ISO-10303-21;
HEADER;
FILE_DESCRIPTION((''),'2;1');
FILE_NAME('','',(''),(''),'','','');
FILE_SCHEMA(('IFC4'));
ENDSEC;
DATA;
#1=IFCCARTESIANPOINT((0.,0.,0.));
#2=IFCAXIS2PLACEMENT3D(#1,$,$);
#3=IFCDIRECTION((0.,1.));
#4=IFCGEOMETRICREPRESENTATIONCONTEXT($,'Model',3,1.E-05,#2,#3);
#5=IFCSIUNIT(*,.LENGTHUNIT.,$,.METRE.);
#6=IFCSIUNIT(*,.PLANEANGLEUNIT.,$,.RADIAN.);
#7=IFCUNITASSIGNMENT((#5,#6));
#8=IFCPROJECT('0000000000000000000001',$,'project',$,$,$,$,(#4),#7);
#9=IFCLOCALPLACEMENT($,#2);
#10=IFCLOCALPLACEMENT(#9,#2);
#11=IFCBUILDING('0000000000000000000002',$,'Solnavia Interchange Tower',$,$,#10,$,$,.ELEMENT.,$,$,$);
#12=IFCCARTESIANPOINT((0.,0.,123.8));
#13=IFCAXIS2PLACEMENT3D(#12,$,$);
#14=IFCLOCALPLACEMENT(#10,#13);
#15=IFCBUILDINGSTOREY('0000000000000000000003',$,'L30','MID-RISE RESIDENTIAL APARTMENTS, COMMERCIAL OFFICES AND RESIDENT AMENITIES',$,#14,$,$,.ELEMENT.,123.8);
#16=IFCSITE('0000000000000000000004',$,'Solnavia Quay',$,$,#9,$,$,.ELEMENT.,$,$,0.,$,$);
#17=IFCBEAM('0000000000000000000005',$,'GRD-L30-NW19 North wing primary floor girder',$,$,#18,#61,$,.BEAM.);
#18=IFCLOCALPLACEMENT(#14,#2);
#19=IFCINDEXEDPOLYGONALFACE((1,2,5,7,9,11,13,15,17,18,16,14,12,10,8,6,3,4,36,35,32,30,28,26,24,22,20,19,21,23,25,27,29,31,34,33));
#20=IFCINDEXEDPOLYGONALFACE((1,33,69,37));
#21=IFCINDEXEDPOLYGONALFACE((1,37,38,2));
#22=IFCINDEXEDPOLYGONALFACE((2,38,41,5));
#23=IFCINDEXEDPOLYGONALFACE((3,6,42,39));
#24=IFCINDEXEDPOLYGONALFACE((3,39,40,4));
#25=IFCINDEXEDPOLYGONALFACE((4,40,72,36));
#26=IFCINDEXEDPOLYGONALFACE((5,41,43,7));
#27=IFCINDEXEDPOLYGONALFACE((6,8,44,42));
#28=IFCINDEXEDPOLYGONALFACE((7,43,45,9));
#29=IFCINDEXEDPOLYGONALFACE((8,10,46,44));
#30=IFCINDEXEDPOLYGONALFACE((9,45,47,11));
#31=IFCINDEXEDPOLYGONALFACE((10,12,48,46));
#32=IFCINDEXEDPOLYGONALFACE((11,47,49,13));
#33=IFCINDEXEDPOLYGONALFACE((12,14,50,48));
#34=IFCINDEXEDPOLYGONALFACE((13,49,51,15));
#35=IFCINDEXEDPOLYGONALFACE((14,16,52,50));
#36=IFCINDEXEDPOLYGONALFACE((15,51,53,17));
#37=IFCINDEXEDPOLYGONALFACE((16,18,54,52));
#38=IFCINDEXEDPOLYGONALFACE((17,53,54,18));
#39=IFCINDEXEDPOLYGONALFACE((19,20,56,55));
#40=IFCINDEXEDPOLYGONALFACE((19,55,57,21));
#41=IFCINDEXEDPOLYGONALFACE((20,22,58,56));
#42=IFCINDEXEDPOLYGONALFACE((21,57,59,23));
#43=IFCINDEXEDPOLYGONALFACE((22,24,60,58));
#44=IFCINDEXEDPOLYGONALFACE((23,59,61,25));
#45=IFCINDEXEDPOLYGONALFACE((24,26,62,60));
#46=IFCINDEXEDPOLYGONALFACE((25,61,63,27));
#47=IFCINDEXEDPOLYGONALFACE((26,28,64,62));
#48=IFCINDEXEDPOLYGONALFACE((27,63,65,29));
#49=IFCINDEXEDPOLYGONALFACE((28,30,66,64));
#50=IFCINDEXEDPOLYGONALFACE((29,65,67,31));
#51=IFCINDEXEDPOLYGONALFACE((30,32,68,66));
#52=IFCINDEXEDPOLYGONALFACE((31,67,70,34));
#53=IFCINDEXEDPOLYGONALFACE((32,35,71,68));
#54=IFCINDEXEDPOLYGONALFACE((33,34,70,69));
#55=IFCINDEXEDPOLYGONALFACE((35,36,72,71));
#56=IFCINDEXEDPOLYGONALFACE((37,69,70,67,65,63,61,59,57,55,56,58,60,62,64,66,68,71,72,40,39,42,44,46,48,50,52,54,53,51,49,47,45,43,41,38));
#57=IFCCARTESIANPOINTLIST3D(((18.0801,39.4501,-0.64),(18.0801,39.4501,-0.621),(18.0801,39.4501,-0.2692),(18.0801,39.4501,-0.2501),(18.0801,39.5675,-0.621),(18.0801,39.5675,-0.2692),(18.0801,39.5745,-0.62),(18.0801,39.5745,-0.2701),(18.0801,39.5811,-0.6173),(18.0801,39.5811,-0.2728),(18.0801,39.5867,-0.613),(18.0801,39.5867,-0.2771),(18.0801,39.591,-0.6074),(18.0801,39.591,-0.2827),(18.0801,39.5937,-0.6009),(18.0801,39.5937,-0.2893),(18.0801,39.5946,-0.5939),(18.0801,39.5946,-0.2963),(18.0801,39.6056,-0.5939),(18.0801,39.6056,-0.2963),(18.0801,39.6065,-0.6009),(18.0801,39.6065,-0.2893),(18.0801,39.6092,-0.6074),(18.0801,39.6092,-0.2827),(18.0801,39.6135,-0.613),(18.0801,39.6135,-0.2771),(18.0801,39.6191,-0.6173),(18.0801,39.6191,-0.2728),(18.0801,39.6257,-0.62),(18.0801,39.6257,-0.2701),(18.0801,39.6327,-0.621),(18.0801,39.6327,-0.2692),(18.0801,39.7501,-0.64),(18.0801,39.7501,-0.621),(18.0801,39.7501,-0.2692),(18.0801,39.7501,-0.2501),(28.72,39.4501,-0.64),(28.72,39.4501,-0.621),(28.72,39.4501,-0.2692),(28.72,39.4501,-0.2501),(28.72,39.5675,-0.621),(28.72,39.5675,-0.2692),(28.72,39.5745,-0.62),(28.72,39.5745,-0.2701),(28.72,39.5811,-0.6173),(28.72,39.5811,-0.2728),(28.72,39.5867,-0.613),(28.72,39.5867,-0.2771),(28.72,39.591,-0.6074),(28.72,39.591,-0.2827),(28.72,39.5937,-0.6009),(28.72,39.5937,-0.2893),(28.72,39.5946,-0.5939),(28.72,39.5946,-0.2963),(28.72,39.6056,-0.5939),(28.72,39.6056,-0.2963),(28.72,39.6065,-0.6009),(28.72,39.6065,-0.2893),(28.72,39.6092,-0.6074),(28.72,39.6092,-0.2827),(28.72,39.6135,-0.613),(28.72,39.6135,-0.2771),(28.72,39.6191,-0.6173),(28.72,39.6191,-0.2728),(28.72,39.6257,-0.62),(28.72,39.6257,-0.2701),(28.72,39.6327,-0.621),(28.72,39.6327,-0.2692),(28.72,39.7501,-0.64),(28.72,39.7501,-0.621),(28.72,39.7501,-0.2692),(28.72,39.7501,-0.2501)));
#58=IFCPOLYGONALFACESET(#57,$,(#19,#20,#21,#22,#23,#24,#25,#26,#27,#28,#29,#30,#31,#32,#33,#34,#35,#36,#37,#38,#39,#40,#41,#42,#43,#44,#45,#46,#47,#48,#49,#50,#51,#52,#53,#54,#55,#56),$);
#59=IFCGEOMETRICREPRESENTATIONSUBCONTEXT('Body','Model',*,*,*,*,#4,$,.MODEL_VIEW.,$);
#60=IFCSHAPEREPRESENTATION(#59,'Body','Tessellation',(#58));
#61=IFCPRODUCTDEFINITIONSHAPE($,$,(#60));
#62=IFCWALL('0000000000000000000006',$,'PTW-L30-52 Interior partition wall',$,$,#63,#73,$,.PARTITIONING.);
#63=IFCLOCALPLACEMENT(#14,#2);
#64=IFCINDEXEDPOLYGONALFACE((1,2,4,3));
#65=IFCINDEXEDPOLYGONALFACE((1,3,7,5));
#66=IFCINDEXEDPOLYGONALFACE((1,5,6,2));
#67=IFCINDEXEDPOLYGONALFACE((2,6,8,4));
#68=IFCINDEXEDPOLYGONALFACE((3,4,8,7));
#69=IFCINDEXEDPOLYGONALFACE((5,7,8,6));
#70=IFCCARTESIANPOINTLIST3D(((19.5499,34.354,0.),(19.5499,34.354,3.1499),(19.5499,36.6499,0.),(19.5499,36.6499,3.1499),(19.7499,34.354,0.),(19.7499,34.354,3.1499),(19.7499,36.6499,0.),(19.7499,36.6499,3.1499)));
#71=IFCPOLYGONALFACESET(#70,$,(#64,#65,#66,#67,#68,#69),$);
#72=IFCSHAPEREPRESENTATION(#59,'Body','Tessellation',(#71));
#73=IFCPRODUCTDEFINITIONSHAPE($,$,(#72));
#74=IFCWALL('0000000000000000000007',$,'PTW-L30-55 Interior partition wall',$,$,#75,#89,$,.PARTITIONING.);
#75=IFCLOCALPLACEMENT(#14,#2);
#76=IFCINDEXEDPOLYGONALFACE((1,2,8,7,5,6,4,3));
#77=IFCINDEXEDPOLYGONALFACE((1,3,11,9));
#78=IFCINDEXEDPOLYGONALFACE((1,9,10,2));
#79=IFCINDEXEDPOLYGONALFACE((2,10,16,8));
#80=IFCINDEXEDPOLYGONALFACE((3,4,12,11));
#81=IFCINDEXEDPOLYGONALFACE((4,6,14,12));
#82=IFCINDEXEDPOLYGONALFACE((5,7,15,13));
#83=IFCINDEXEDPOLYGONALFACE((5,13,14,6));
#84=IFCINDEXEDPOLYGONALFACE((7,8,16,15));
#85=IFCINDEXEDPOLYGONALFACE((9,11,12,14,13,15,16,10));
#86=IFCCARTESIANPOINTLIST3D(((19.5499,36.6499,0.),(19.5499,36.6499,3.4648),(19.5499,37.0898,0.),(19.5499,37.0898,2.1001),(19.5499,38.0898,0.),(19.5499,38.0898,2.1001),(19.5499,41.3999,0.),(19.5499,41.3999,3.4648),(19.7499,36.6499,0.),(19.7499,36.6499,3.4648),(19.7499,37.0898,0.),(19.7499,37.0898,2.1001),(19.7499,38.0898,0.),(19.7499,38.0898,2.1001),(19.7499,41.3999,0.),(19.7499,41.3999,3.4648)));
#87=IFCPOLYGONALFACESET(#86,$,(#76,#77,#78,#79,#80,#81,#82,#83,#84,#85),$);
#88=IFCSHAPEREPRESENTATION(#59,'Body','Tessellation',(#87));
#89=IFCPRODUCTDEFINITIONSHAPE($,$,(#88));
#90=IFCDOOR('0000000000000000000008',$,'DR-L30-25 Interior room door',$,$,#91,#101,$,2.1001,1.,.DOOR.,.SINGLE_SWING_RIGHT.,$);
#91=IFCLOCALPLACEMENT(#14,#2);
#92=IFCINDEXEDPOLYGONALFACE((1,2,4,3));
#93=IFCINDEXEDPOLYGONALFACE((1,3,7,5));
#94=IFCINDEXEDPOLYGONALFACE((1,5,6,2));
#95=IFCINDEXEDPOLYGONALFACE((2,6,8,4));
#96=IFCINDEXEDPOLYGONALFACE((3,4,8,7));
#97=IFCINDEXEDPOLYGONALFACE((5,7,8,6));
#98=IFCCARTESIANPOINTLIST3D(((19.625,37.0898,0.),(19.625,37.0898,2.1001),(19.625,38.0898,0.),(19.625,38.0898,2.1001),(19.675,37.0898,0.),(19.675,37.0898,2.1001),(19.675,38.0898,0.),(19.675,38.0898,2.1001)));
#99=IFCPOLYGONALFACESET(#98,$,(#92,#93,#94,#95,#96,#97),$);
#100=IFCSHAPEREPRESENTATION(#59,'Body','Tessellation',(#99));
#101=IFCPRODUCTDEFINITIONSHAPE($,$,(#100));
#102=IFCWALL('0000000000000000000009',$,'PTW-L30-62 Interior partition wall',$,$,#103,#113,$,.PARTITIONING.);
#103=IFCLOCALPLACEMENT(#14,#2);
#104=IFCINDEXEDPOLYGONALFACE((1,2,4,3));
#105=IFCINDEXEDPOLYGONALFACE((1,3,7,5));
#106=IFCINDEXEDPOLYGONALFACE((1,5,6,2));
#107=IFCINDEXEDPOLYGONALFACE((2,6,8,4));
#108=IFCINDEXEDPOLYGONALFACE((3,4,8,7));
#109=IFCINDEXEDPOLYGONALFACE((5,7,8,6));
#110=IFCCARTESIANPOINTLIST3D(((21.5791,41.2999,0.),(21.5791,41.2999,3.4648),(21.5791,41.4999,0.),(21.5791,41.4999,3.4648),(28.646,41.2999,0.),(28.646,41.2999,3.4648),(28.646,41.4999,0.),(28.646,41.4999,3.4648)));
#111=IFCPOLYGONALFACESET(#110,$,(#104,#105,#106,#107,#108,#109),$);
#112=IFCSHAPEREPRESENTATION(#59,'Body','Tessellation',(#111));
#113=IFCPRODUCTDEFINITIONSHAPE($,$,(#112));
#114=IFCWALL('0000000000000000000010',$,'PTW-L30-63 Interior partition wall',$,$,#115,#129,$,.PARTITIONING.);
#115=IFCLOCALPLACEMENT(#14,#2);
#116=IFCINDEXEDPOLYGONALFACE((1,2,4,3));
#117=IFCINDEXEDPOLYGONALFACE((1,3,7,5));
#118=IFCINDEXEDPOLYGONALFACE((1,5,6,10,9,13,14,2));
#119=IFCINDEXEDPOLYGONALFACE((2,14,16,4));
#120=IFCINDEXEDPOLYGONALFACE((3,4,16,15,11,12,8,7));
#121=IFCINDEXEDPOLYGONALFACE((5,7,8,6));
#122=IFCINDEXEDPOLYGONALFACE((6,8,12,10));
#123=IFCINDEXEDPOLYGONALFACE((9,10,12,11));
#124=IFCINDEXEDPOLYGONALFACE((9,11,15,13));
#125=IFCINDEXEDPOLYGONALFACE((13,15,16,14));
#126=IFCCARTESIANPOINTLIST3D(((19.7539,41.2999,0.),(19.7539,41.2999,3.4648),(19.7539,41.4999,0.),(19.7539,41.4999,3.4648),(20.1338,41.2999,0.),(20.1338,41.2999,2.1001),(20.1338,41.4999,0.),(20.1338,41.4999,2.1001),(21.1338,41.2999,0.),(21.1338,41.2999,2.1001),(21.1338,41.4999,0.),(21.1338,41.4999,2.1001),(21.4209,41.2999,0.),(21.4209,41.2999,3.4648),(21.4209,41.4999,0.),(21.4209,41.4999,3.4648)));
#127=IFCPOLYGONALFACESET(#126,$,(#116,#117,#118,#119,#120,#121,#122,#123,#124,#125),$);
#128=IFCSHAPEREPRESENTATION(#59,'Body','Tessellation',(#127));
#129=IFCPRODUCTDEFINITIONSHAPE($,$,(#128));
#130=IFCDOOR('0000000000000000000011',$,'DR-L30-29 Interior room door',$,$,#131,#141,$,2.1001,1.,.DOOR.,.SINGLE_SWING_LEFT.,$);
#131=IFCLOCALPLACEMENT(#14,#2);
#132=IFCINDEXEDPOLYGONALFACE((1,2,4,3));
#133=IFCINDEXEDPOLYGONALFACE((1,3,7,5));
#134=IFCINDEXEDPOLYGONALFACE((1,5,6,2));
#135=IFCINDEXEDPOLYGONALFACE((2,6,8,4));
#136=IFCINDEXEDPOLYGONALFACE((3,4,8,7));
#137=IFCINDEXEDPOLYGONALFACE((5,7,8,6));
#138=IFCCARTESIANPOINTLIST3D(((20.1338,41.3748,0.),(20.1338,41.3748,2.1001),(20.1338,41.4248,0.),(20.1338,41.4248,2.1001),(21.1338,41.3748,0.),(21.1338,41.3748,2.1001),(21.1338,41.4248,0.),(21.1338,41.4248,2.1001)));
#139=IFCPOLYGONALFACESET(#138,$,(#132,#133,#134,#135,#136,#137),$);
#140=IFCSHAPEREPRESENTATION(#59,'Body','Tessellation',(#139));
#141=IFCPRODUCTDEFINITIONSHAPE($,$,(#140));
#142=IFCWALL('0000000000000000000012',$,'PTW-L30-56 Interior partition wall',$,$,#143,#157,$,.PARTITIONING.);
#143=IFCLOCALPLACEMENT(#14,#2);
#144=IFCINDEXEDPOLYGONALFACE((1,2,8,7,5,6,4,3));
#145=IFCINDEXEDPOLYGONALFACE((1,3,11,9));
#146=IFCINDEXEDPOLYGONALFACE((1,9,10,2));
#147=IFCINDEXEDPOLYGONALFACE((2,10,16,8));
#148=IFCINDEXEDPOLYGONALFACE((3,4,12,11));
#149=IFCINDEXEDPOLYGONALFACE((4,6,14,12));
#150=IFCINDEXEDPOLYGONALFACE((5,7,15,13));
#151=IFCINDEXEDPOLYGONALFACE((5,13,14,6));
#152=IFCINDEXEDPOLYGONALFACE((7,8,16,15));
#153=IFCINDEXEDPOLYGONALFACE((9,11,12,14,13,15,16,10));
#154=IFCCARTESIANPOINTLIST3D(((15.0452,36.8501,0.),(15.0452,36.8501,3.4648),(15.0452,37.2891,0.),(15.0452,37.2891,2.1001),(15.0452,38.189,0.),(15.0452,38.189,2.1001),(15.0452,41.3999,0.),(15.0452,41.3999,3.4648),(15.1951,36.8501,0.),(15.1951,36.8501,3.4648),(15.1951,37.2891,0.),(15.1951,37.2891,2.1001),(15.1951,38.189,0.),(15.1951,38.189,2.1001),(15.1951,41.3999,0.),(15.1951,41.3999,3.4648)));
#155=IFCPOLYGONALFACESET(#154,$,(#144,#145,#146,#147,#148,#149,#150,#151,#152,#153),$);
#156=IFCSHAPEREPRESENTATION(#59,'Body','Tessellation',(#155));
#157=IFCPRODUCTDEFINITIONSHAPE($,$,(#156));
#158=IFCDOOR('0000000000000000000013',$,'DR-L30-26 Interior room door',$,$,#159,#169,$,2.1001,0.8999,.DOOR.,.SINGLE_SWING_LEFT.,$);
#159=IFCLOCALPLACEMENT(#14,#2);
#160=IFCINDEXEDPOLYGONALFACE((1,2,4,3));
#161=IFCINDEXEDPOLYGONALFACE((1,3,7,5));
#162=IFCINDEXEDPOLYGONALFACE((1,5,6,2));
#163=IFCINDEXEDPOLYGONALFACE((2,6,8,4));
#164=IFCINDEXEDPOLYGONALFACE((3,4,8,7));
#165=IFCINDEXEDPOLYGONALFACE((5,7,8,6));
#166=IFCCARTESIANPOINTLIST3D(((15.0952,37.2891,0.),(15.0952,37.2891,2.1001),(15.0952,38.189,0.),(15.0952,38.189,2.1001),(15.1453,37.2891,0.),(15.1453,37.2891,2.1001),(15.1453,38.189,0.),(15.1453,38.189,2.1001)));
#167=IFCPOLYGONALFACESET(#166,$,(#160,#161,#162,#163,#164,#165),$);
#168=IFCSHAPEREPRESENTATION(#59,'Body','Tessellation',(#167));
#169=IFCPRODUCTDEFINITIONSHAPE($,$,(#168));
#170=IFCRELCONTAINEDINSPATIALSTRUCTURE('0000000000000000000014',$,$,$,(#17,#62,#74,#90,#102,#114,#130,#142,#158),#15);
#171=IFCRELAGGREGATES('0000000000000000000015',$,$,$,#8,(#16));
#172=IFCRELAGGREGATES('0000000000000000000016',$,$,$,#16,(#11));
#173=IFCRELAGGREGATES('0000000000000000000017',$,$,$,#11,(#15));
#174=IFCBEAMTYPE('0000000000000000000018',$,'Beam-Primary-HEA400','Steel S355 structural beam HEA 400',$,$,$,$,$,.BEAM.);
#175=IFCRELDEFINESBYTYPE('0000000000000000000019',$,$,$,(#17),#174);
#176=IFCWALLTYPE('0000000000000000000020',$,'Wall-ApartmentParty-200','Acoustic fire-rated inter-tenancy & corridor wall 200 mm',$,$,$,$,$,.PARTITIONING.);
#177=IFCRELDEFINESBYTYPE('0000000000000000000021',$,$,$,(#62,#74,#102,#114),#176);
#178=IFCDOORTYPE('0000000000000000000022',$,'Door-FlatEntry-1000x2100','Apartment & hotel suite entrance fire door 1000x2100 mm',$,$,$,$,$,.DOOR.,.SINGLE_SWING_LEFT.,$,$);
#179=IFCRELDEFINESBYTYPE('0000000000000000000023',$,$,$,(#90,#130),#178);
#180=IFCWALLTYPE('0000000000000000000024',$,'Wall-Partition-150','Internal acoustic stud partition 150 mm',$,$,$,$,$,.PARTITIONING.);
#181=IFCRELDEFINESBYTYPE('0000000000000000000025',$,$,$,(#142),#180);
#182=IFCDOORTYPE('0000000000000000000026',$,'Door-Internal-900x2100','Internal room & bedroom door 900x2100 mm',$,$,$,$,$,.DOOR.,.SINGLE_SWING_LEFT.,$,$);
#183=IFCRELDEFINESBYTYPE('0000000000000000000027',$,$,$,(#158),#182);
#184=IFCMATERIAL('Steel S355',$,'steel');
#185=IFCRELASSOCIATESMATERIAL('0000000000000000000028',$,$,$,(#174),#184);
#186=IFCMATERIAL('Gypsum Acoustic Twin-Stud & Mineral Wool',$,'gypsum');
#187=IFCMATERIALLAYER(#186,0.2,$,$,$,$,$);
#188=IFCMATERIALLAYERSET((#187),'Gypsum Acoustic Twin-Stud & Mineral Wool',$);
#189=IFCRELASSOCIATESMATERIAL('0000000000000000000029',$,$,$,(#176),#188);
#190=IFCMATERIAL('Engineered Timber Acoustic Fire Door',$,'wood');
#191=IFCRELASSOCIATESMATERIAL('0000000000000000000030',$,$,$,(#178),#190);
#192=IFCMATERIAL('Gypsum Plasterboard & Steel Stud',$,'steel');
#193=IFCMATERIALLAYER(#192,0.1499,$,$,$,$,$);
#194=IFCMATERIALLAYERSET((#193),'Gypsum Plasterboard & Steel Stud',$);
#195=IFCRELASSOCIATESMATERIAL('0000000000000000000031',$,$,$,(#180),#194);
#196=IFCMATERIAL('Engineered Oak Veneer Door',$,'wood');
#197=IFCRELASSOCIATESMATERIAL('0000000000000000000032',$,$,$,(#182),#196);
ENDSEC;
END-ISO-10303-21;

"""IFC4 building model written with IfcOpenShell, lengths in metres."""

from ifc_helpers import new_model, si_unit, direction, frame, frame_2d, origin, origin_2d, place, context, subcontext, project, spatial, rectangle, i_section, extrude, material, layer, layer_set, material_profile, profile_set, type_object, element, fill, save


model = new_model("IFC4")

# Units and contexts
model_context = context("Model", 3, precision=1e-05, world=origin(), true_north=direction((0.0, 1.0)))
body_context = subcontext(model_context, "Body", "Model", "MODEL_VIEW")
ifc_project = project(units=[si_unit("LENGTHUNIT", "METRE"), si_unit("PLANEANGLEUNIT", "RADIAN")], contexts=[model_context])

# Site, building, storey
site_placement = place(None, origin())
site = spatial("IfcSite", under=ifc_project, at=site_placement, Name="Solnavia Quay", CompositionType="ELEMENT", RefElevation=0.0)
building_placement = place(site_placement, origin())
building = spatial("IfcBuilding", under=site, at=building_placement, Name="Solnavia Interchange Tower", CompositionType="ELEMENT")
storey_placement = place(building_placement, frame((0.0, 0.0, 123.8)))
storey = spatial("IfcBuildingStorey", under=building, at=storey_placement, Name="L30", Description="MID-RISE RESIDENTIAL APARTMENTS, COMMERCIAL OFFICES AND RESIDENT AMENITIES", CompositionType="ELEMENT", Elevation=123.8)

# Shared definitions
ifc_material_1 = material(Name="Steel S355", Category="steel")

# Beam
ifc_material_profile_1 = material_profile(ifc_material_1, i_section(OverallWidth=0.3, OverallDepth=0.3899, WebThickness=0.011, FlangeThickness=0.019, FilletRadius=0.0271, at=origin_2d()), Name="HEA 400")
ifc_profile_set_1 = profile_set([ifc_material_profile_1], Name="Steel S355")
beam_type_1 = type_object("IfcBeamType", Name="Beam-Primary-HEA400", Description="Steel S355 structural beam HEA 400", PredefinedType="BEAM", material=ifc_profile_set_1)
beam_1_placement = place(storey_placement, frame((18.0801, 39.6001, -0.4451), z_axis=(1.0, 0.0, 0.0), x_axis=(0.0, 1.0, 0.0)))
element("IfcBeam", 1, at=beam_1_placement, inside=storey, type_object=beam_type_1, Name="GRD-L30-NW19 North wing primary floor girder", PredefinedType="BEAM", context=body_context, shape_type="SweptSolid", body=[
    extrude(i_section(OverallWidth=0.3, OverallDepth=0.3899, WebThickness=0.011, FlangeThickness=0.019, FilletRadius=0.0271, at=origin_2d()), origin(), (0.0, 0.0, 1.0), 10.6399),
])

# Wall
ifc_material_2 = material(Name="Gypsum Acoustic Twin-Stud & Mineral Wool", Category="gypsum")
ifc_layer_1 = layer(ifc_material_2, 0.2)
ifc_layer_set_1 = layer_set([ifc_layer_1], Name="Gypsum Acoustic Twin-Stud & Mineral Wool")
wall_type_1 = type_object("IfcWallType", Name="Wall-ApartmentParty-200", Description="Acoustic fire-rated inter-tenancy & corridor wall 200 mm", PredefinedType="PARTITIONING", material=ifc_layer_set_1)
wall_1_placement = place(storey_placement, frame((19.6499, 34.354, 0.0), z_axis=(0.0, 0.0, 1.0), x_axis=(0.0, 1.0, 0.0)))
element("IfcWall", 2, at=wall_1_placement, inside=storey, type_object=wall_type_1, Name="PTW-L30-52 Interior partition wall", PredefinedType="PARTITIONING", context=body_context, shape_type="SweptSolid", body=[
    extrude(rectangle(XDim=2.2959, YDim=0.2, at=frame_2d((1.1479, 0.0))), origin(), (0.0, 0.0, 1.0), 3.1499),
])

# Wall, opening, door
wall_2_placement = place(storey_placement, frame((19.6499, 36.6499, 0.0), z_axis=(0.0, 0.0, 1.0), x_axis=(0.0, 1.0, 0.0)))
wall_2 = element("IfcWall", 3, at=wall_2_placement, inside=storey, type_object=wall_type_1, Name="PTW-L30-55 Interior partition wall", PredefinedType="PARTITIONING", context=body_context, shape_type="SweptSolid", body=[
    extrude(rectangle(XDim=4.75, YDim=0.2, at=frame_2d((2.375, 0.0))), origin(), (0.0, 0.0, 1.0), 3.4648),
])
opening_1_placement = place(wall_2_placement, frame((0.4399, 0.0, 0.0)))
opening_1 = element("IfcOpeningElement", 4, at=opening_1_placement, cuts=wall_2, PredefinedType="OPENING", context=body_context, shape_type="SweptSolid", body=[
    extrude(rectangle(XDim=1.0, YDim=2.1001, at=frame_2d((0.5, 1.05))), frame((0.0, 0.1099, 0.0), z_axis=(0.0, -1.0, 0.0), x_axis=(1.0, 0.0, 0.0)), (0.0, 0.0, 1.0), 0.22),
])
ifc_material_3 = material(Name="Engineered Timber Acoustic Fire Door", Category="wood")
door_type_1 = type_object("IfcDoorType", Name="Door-FlatEntry-1000x2100", Description="Apartment & hotel suite entrance fire door 1000x2100 mm", OperationType="SINGLE_SWING_LEFT", PredefinedType="DOOR", material=ifc_material_3)
door_1_placement = place(opening_1_placement, origin())
door_1 = element("IfcDoor", 5, at=door_1_placement, inside=storey, type_object=door_type_1, Name="DR-L30-25 Interior room door", OperationType="SINGLE_SWING_RIGHT", OverallHeight=2.1001, OverallWidth=1.0, PredefinedType="DOOR", context=body_context, shape_type="SweptSolid", body=[
    extrude(rectangle(XDim=1.0, YDim=2.1001, at=frame_2d((0.5, 1.05))), frame((0.0, 0.0249, 0.0), z_axis=(0.0, -1.0, 0.0), x_axis=(1.0, 0.0, 0.0)), (0.0, 0.0, 1.0), 0.05),
])
fill(opening_1, door_1)

# Wall
wall_3_placement = place(storey_placement, frame((21.5791, 41.3999, 0.0), z_axis=(0.0, 0.0, 1.0), x_axis=(1.0, 0.0, 0.0)))
element("IfcWall", 6, at=wall_3_placement, inside=storey, type_object=wall_type_1, Name="PTW-L30-62 Interior partition wall", PredefinedType="PARTITIONING", context=body_context, shape_type="SweptSolid", body=[
    extrude(rectangle(XDim=7.0669, YDim=0.2, at=frame_2d((3.5334, 0.0))), origin(), (0.0, 0.0, 1.0), 3.4648),
])

# Walls, openings, doors
wall_4_placement = place(storey_placement, frame((19.7539, 41.3999, 0.0), z_axis=(0.0, 0.0, 1.0), x_axis=(1.0, 0.0, 0.0)))
wall_4 = element("IfcWall", 7, at=wall_4_placement, inside=storey, type_object=wall_type_1, Name="PTW-L30-63 Interior partition wall", PredefinedType="PARTITIONING", context=body_context, shape_type="SweptSolid", body=[
    extrude(rectangle(XDim=1.667, YDim=0.2, at=frame_2d((0.8335, 0.0))), origin(), (0.0, 0.0, 1.0), 3.4648),
])
opening_2_placement = place(wall_4_placement, frame((0.3799, 0.0, 0.0)))
opening_2 = element("IfcOpeningElement", 8, at=opening_2_placement, cuts=wall_4, PredefinedType="OPENING", context=body_context, shape_type="SweptSolid", body=[
    extrude(rectangle(XDim=1.0, YDim=2.1001, at=frame_2d((0.5, 1.05))), frame((0.0, 0.1099, 0.0), z_axis=(0.0, -1.0, 0.0), x_axis=(1.0, 0.0, 0.0)), (0.0, 0.0, 1.0), 0.22),
])
door_2_placement = place(opening_2_placement, origin())
door_2 = element("IfcDoor", 9, at=door_2_placement, inside=storey, type_object=door_type_1, Name="DR-L30-29 Interior room door", OperationType="SINGLE_SWING_LEFT", OverallHeight=2.1001, OverallWidth=1.0, PredefinedType="DOOR", context=body_context, shape_type="SweptSolid", body=[
    extrude(rectangle(XDim=1.0, YDim=2.1001, at=frame_2d((0.5, 1.05))), frame((0.0, 0.0249, 0.0), z_axis=(0.0, -1.0, 0.0), x_axis=(1.0, 0.0, 0.0)), (0.0, 0.0, 1.0), 0.05),
])
fill(opening_2, door_2)
ifc_material_4 = material(Name="Gypsum Plasterboard & Steel Stud", Category="steel")
ifc_layer_2 = layer(ifc_material_4, 0.1499)
ifc_layer_set_2 = layer_set([ifc_layer_2], Name="Gypsum Plasterboard & Steel Stud")
wall_type_2 = type_object("IfcWallType", Name="Wall-Partition-150", Description="Internal acoustic stud partition 150 mm", PredefinedType="PARTITIONING", material=ifc_layer_set_2)
wall_5_placement = place(storey_placement, frame((15.1201, 36.8501, 0.0), z_axis=(0.0, 0.0, 1.0), x_axis=(0.0, 1.0, 0.0)))
wall_5 = element("IfcWall", 10, at=wall_5_placement, inside=storey, type_object=wall_type_2, Name="PTW-L30-56 Interior partition wall", PredefinedType="PARTITIONING", context=body_context, shape_type="SweptSolid", body=[
    extrude(rectangle(XDim=4.5498, YDim=0.1499, at=frame_2d((2.2749, 0.0))), origin(), (0.0, 0.0, 1.0), 3.4648),
])
opening_3_placement = place(wall_5_placement, frame((0.439, 0.0, 0.0)))
opening_3 = element("IfcOpeningElement", 11, at=opening_3_placement, cuts=wall_5, PredefinedType="OPENING", context=body_context, shape_type="SweptSolid", body=[
    extrude(rectangle(XDim=0.8999, YDim=2.1001, at=frame_2d((0.45, 1.05))), frame((0.0, 0.085, 0.0), z_axis=(0.0, -1.0, 0.0), x_axis=(1.0, 0.0, 0.0)), (0.0, 0.0, 1.0), 0.1699),
])
ifc_material_5 = material(Name="Engineered Oak Veneer Door", Category="wood")
door_type_2 = type_object("IfcDoorType", Name="Door-Internal-900x2100", Description="Internal room & bedroom door 900x2100 mm", OperationType="SINGLE_SWING_LEFT", PredefinedType="DOOR", material=ifc_material_5)
door_3_placement = place(opening_3_placement, origin())
door_3 = element("IfcDoor", 12, at=door_3_placement, inside=storey, type_object=door_type_2, Name="DR-L30-26 Interior room door", OperationType="SINGLE_SWING_LEFT", OverallHeight=2.1001, OverallWidth=0.8999, PredefinedType="DOOR", context=body_context, shape_type="SweptSolid", body=[
    extrude(rectangle(XDim=0.8999, YDim=2.1001, at=frame_2d((0.45, 1.05))), frame((0.0, 0.0249, 0.0), z_axis=(0.0, -1.0, 0.0), x_axis=(1.0, 0.0, 0.0)), (0.0, 0.0, 1.0), 0.05),
])
fill(opening_3, door_3)

save(model, "model.ifc")
